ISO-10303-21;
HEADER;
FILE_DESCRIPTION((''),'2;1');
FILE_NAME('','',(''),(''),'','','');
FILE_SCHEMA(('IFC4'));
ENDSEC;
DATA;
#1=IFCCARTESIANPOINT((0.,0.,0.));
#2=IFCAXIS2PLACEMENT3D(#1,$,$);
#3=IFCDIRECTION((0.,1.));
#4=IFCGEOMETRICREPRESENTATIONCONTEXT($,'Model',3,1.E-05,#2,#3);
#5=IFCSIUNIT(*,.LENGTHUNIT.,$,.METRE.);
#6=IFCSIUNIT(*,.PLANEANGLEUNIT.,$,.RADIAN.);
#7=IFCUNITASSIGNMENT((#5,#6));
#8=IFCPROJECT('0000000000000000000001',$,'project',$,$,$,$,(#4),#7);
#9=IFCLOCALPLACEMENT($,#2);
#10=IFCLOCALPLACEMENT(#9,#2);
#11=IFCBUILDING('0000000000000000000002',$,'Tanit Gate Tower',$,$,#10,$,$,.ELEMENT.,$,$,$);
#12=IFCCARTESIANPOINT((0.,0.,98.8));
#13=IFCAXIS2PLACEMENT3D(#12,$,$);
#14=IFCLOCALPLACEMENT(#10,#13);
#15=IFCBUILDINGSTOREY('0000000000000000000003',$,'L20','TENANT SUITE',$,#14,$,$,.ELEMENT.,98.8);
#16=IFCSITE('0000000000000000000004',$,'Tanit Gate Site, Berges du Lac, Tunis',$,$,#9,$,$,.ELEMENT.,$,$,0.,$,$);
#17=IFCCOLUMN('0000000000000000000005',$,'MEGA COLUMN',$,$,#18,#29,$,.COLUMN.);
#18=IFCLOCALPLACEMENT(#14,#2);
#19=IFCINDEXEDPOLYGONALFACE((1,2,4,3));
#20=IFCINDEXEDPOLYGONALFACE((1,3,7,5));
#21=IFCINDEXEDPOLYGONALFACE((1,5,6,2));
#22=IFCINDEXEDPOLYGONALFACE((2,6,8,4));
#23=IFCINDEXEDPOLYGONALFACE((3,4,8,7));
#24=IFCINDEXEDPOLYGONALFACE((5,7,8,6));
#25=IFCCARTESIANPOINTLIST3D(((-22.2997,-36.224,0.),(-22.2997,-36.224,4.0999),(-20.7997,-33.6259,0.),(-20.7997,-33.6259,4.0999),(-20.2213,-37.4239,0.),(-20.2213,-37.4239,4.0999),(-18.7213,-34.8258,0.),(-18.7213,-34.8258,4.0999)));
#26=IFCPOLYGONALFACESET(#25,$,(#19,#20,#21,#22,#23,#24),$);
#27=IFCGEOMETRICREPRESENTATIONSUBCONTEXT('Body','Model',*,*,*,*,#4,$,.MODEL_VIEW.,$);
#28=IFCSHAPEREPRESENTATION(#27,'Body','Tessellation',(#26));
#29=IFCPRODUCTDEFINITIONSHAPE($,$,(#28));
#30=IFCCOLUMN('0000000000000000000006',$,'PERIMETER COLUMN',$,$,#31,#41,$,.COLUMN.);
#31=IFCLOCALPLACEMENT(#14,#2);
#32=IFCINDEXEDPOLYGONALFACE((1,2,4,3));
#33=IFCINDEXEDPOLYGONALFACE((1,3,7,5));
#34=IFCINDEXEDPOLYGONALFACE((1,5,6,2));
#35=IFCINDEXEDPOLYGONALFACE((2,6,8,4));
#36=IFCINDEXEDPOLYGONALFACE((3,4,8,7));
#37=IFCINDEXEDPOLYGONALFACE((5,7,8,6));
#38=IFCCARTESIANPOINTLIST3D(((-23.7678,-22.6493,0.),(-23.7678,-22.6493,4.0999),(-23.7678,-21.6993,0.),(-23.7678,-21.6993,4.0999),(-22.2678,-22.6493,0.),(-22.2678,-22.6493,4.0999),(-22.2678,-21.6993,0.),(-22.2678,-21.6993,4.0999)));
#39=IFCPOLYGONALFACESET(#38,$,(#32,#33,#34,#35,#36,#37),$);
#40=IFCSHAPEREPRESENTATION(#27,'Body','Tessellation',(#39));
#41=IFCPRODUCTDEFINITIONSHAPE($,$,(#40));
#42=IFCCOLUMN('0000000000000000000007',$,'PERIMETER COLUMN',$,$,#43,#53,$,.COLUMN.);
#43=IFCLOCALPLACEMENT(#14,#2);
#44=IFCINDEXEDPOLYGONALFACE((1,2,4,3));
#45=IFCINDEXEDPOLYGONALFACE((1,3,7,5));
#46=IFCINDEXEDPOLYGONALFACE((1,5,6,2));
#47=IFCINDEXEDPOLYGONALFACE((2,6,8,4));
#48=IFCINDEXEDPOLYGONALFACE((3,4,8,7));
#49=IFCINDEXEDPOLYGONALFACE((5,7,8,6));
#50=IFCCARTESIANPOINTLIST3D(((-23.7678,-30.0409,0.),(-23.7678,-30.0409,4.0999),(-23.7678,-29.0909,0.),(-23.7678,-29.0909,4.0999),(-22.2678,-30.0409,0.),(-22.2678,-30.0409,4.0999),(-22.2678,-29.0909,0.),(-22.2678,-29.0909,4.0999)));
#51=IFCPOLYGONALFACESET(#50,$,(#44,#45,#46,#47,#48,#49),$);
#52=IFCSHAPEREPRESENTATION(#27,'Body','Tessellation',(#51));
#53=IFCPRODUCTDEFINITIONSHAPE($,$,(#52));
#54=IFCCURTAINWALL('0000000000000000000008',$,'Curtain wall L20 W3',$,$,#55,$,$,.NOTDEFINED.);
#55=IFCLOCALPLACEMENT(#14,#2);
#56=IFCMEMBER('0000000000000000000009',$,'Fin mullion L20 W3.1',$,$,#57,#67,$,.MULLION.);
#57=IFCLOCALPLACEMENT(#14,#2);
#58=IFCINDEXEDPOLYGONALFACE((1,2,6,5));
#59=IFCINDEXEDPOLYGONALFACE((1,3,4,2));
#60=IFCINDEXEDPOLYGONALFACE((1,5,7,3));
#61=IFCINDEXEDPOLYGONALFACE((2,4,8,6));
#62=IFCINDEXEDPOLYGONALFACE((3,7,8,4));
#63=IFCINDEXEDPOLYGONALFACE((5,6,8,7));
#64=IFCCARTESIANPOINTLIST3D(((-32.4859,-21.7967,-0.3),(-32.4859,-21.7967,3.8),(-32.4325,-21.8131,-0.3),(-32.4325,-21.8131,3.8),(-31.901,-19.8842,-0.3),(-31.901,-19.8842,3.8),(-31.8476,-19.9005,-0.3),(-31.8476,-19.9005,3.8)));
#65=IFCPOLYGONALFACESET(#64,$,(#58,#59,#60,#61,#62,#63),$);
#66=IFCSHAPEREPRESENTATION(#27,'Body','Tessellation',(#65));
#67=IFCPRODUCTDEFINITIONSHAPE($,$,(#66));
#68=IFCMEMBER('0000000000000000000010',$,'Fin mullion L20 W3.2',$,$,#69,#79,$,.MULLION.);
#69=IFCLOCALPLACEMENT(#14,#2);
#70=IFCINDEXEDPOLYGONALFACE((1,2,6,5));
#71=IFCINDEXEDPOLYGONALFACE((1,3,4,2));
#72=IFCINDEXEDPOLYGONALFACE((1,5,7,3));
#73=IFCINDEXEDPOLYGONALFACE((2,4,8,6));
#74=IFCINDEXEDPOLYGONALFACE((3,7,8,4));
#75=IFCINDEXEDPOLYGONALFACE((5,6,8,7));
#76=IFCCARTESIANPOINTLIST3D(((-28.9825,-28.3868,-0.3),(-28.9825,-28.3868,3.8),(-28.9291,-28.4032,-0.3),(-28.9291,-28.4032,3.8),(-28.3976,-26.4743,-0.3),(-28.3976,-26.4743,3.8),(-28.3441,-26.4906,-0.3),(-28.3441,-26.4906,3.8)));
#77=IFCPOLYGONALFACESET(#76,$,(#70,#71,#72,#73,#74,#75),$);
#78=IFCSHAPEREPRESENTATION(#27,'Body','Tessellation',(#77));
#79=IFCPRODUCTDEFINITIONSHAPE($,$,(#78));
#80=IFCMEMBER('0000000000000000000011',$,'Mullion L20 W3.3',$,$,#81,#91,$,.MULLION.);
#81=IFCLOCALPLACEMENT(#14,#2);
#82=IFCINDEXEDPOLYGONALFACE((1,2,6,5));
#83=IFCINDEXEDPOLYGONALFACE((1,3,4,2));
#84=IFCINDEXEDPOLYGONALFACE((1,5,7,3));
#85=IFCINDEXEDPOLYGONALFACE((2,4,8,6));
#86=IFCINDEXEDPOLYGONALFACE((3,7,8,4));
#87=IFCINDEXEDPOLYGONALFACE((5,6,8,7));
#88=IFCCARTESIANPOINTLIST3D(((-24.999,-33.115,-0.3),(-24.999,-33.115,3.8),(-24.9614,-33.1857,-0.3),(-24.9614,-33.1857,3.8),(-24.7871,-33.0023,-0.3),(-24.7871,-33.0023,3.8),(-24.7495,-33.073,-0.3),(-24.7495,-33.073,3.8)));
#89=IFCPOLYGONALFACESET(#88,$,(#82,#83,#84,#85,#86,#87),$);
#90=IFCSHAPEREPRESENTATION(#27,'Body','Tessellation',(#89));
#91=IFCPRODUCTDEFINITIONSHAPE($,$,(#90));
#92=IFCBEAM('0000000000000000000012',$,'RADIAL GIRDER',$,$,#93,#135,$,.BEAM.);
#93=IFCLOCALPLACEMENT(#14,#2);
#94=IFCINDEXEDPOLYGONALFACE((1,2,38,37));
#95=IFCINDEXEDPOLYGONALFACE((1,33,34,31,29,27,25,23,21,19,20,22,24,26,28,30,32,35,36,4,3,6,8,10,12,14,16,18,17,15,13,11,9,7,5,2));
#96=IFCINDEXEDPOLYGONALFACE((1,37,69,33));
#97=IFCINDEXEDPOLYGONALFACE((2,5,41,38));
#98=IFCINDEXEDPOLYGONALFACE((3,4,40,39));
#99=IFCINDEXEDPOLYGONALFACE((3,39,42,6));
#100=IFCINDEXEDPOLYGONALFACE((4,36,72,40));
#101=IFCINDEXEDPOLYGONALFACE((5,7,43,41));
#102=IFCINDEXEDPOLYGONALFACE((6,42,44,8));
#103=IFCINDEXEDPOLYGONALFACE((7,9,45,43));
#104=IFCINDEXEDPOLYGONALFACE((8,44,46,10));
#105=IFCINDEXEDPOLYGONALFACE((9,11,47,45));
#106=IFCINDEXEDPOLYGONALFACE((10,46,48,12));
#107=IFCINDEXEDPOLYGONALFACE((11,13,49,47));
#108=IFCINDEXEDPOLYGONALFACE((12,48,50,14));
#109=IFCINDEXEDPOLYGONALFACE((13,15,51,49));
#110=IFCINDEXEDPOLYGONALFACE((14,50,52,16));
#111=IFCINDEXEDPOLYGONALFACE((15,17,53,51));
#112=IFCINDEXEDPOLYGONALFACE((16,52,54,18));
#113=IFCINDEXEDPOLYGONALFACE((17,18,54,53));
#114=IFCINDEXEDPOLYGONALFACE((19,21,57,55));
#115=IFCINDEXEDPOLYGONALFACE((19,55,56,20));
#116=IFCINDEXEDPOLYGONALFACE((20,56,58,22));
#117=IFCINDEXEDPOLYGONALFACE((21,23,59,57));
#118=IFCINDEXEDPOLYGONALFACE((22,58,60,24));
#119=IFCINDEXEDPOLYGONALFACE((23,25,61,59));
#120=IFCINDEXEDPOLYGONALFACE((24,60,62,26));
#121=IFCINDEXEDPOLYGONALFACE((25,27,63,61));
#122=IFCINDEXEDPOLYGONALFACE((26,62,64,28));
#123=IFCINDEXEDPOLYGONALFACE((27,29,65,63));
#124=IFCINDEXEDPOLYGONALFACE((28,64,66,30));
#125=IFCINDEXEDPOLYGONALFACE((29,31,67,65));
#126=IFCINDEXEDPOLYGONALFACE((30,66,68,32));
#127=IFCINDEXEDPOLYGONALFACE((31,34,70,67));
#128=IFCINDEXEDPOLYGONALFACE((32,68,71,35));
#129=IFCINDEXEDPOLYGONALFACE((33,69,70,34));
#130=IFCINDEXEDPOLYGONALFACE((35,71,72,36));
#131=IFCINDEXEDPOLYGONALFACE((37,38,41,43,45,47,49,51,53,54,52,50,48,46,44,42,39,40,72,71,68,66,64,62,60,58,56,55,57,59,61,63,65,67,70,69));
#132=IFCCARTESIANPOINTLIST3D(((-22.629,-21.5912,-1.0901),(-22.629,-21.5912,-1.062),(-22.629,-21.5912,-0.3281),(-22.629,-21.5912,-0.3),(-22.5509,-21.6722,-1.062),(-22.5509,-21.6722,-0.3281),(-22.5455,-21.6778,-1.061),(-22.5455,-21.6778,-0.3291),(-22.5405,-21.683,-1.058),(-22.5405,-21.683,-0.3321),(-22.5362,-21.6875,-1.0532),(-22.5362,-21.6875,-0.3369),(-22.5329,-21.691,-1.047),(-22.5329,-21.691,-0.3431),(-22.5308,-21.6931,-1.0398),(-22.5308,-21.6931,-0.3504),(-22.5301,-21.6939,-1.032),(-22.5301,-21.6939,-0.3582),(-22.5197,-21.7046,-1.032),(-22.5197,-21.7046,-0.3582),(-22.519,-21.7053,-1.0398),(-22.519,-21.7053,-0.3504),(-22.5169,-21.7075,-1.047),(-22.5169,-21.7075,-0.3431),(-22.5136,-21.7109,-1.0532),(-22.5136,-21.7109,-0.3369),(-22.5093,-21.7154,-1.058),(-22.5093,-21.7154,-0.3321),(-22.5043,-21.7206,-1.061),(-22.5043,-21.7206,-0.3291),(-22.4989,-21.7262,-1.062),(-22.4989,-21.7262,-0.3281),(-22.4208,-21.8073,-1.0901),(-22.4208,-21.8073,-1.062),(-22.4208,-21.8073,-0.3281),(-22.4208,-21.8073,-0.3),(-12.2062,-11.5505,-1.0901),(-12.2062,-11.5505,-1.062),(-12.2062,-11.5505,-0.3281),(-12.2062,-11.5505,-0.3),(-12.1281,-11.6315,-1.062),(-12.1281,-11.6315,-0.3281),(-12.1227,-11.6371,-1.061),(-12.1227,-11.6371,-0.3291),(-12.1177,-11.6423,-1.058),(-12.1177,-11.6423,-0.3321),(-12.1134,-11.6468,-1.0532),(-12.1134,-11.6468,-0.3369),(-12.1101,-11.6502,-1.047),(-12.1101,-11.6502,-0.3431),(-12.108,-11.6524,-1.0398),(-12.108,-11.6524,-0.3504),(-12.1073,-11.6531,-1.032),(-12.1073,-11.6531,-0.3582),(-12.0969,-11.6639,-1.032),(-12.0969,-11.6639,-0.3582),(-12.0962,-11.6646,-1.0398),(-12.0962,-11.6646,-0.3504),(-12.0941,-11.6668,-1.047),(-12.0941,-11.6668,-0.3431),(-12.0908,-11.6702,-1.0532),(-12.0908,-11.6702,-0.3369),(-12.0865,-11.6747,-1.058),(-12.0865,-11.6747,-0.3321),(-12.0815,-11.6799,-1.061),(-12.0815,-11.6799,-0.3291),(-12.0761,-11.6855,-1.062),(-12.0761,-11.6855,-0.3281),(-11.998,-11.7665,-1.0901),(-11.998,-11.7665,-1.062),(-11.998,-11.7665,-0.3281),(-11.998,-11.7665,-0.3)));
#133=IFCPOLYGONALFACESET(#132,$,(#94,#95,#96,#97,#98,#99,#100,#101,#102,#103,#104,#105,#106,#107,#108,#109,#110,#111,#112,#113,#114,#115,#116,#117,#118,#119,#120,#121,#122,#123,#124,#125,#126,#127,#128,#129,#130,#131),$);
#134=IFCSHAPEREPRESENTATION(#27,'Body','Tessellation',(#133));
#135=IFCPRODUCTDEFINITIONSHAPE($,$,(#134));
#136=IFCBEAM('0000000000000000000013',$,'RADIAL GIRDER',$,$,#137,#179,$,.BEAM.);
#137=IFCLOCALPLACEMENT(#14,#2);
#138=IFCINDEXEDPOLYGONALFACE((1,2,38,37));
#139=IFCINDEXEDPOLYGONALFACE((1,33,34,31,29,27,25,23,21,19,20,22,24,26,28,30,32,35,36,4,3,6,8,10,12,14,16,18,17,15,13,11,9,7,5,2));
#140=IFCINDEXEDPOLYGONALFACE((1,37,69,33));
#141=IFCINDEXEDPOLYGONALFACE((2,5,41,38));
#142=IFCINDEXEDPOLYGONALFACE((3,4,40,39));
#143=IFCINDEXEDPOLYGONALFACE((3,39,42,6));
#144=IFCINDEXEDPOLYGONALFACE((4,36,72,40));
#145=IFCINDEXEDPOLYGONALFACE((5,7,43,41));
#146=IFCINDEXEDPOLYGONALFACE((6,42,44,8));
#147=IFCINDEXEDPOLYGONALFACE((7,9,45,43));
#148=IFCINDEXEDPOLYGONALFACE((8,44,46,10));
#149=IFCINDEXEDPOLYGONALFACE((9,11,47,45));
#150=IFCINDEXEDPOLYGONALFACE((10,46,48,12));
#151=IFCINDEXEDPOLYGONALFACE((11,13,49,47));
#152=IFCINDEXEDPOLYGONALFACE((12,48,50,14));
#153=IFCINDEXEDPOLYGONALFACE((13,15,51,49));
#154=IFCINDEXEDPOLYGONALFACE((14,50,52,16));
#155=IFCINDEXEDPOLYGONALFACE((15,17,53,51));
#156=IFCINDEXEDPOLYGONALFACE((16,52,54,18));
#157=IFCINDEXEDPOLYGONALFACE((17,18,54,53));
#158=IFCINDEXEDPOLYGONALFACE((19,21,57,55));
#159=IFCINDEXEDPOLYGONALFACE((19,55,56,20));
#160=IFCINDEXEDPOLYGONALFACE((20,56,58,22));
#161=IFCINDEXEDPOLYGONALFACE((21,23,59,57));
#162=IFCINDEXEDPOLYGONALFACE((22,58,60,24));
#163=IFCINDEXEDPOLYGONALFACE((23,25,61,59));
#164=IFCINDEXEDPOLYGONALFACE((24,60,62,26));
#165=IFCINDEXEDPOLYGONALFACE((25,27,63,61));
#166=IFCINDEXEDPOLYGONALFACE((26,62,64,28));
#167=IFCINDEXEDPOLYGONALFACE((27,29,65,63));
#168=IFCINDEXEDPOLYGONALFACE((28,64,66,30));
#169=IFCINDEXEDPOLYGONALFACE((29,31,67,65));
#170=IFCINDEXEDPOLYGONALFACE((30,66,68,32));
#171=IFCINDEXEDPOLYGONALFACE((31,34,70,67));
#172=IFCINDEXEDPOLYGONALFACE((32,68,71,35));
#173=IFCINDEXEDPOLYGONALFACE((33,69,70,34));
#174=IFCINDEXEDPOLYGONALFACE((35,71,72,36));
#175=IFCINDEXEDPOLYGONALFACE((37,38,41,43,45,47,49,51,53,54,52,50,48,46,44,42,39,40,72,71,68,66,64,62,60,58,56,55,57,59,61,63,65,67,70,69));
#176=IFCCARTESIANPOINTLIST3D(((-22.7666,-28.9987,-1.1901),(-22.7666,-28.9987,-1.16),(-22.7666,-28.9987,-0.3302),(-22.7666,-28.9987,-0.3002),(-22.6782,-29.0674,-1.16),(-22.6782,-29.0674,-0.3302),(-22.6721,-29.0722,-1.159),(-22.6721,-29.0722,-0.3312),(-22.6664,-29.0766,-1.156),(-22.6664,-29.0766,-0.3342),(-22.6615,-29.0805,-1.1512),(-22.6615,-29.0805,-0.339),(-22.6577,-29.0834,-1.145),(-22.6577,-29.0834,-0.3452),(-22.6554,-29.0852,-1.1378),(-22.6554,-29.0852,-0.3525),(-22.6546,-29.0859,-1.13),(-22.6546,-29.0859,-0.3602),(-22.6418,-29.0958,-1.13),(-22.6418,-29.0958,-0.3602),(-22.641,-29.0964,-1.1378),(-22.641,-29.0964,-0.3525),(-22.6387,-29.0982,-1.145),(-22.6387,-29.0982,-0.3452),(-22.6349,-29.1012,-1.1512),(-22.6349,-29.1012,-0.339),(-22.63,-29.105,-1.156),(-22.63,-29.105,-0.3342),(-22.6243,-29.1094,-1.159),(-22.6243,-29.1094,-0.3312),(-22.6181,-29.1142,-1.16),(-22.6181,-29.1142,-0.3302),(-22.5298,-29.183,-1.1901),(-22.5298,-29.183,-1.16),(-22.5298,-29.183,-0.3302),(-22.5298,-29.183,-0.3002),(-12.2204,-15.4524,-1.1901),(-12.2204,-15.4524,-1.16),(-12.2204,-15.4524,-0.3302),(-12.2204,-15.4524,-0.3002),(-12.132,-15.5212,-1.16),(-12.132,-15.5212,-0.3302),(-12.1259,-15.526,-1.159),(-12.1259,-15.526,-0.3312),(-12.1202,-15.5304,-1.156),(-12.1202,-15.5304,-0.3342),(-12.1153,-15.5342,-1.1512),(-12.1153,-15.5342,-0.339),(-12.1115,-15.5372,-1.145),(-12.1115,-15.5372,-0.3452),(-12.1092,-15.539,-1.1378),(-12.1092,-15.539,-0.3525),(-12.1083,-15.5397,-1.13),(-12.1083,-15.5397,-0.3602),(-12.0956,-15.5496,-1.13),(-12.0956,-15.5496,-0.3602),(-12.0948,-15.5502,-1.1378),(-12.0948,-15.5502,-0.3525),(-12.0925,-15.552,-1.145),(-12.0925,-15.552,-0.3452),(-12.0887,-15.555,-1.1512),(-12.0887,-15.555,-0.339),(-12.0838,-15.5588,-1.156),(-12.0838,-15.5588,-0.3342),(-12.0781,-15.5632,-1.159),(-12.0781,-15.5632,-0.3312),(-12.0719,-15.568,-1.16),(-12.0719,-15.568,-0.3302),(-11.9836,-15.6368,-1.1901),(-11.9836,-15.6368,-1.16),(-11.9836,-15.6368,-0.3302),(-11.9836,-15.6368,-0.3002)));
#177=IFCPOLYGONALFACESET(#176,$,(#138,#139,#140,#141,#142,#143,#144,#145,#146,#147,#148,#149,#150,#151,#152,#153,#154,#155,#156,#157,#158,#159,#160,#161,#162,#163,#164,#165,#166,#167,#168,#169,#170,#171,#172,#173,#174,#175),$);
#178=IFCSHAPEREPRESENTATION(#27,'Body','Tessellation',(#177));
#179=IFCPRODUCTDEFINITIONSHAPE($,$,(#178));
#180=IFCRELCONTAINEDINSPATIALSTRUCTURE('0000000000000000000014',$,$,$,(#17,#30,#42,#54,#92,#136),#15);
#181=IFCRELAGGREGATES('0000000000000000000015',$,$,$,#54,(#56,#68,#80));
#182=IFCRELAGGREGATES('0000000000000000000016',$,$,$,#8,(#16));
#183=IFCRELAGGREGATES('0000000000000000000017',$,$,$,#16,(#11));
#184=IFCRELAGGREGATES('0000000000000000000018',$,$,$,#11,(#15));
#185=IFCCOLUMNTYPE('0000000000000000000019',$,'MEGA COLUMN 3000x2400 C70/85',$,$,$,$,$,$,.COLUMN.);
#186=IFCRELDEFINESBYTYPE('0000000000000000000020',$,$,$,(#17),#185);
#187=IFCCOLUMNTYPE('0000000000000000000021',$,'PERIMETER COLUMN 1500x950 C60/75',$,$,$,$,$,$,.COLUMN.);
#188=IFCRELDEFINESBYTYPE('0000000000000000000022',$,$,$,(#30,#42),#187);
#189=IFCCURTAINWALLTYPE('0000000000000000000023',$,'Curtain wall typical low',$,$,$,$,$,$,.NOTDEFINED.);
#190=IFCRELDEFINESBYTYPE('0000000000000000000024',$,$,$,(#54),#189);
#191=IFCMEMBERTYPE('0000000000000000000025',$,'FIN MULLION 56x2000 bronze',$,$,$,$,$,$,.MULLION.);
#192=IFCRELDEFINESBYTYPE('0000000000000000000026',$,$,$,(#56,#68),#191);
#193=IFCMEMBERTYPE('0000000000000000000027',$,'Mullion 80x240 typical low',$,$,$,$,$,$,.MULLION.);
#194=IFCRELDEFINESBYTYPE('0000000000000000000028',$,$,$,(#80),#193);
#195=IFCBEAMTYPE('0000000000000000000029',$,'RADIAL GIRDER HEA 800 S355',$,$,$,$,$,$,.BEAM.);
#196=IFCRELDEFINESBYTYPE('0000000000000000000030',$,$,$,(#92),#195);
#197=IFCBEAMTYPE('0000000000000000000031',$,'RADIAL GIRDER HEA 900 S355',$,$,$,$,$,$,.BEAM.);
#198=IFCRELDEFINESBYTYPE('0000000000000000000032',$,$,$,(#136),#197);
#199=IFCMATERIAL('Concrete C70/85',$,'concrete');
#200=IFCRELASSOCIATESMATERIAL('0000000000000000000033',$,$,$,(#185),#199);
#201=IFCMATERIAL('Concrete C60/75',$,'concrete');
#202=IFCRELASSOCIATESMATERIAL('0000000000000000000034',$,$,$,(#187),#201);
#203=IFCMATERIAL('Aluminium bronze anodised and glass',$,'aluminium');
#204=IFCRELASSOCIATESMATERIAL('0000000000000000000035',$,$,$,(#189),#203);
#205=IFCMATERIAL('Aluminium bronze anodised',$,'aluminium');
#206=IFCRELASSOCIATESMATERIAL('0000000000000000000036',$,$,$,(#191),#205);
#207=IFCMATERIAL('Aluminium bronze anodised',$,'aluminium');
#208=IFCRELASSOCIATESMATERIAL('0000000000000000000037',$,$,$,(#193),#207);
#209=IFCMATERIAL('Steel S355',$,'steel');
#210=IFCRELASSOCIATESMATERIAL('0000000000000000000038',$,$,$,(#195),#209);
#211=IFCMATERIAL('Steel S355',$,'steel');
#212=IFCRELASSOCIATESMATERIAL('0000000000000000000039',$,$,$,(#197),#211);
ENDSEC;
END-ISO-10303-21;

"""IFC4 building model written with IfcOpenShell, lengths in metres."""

from ifc_helpers import new_model, si_unit, direction, frame, origin, origin_2d, place, context, subcontext, project, spatial, rectangle, i_section, extrude, material, material_profile, profile_set, type_object, element, aggregate, save


model = new_model("IFC4")

# Units and contexts
model_context = context("Model", 3, precision=1e-05, world=origin(), true_north=direction((0.0, 1.0)))
body_context = subcontext(model_context, "Body", "Model", "MODEL_VIEW")
ifc_project = project(units=[si_unit("LENGTHUNIT", "METRE"), si_unit("PLANEANGLEUNIT", "RADIAN")], contexts=[model_context])

# Site, building, storey
site_placement = place(None, origin())
site = spatial("IfcSite", under=ifc_project, at=site_placement, Name="Tanit Gate Site, Berges du Lac, Tunis", CompositionType="ELEMENT", RefElevation=0.0)
building_placement = place(site_placement, origin())
building = spatial("IfcBuilding", under=site, at=building_placement, Name="Tanit Gate Tower", CompositionType="ELEMENT")
storey_placement = place(building_placement, frame((0.0, 0.0, 98.8)))
storey = spatial("IfcBuildingStorey", under=building, at=storey_placement, Name="L20", Description="TENANT SUITE", CompositionType="ELEMENT", Elevation=98.8)

# Columns
ifc_material_1 = material(Name="Concrete C70/85", Category="concrete")
ifc_material_profile_1 = material_profile(ifc_material_1, rectangle(XDim=3.0, YDim=2.3999, at=origin_2d()), Name="RC 3000x2400")
ifc_profile_set_1 = profile_set([ifc_material_profile_1], Name="Concrete C70/85")
column_type_1 = type_object("IfcColumnType", Name="MEGA COLUMN 3000x2400 C70/85", PredefinedType="COLUMN", material=ifc_profile_set_1)
column_placement = place(storey_placement, frame((-20.5105, -35.5249, 0.0), z_axis=(0.0, 0.0, 1.0), x_axis=(-0.5, -0.866025, 0.0)))
element("IfcColumn", 1, at=column_placement, inside=storey, type_object=column_type_1, Name="MEGA COLUMN", PredefinedType="COLUMN", context=body_context, shape_type="SweptSolid", body=[
    extrude(rectangle(XDim=3.0, YDim=2.3999, at=origin_2d()), origin(), (0.0, 0.0, 1.0), 4.0999),
])
ifc_material_2 = material(Name="Concrete C60/75", Category="concrete")
ifc_material_profile_2 = material_profile(ifc_material_2, rectangle(XDim=1.5, YDim=0.95, at=origin_2d()), Name="RC 1500x950")
ifc_profile_set_2 = profile_set([ifc_material_profile_2], Name="Concrete C60/75")
column_type_2 = type_object("IfcColumnType", Name="PERIMETER COLUMN 1500x950 C60/75", PredefinedType="COLUMN", material=ifc_profile_set_2)
for number, where, z_axis, x_axis, name in (
    (2, (-23.0178, -22.1743, 0.0), (0.0, 0.0, 1.0), (-1.0, 0.0, 0.0), "PERIMETER COLUMN"),
    (3, (-23.0178, -29.5659, 0.0), (0.0, 0.0, 1.0), (-1.0, 0.0, 0.0), "PERIMETER COLUMN"),
):
    element("IfcColumn", number, at=place(storey_placement, frame(where, z_axis=z_axis, x_axis=x_axis)), inside=storey, type_object=column_type_2, Name=name, PredefinedType="COLUMN", context=body_context, shape_type="SweptSolid", body=[
        extrude(rectangle(XDim=1.5, YDim=0.95, at=origin_2d()), origin(), (0.0, 0.0, 1.0), 4.0999),
    ])

# Curtain wall, members
ifc_material_3 = material(Name="Aluminium bronze anodised and glass", Category="aluminium")
curtain_wall_type = type_object("IfcCurtainWallType", Name="Curtain wall typical low", PredefinedType="NOTDEFINED", material=ifc_material_3)
curtain_wall_placement = place(storey_placement, origin())
curtain_wall = element("IfcCurtainWall", 4, at=curtain_wall_placement, inside=storey, type_object=curtain_wall_type, Name="Curtain wall L20 W3", PredefinedType="NOTDEFINED")
ifc_material_4 = material(Name="Aluminium bronze anodised", Category="aluminium")
ifc_material_profile_3 = material_profile(ifc_material_4, rectangle(XDim=2.0, YDim=0.0559, at=origin_2d()), Name="56x2000 bronze fin mullion")
ifc_profile_set_3 = profile_set([ifc_material_profile_3], Name="Aluminium bronze anodised")
member_type_1 = type_object("IfcMemberType", Name="FIN MULLION 56x2000 bronze", PredefinedType="MULLION", material=ifc_profile_set_3)
member_1_placement = place(storey_placement, frame((-32.1667, -20.8486, -0.3), z_axis=(0.0, 0.0, 1.0), x_axis=(0.292454, 0.95628, 0.0)))
member_1 = element("IfcMember", 5, at=member_1_placement, type_object=member_type_1, Name="Fin mullion L20 W3.1", PredefinedType="MULLION", context=body_context, shape_type="SweptSolid", body=[
    extrude(rectangle(XDim=2.0, YDim=0.0559, at=origin_2d()), origin(), (0.0, 0.0, 1.0), 4.1001),
])
member_2_placement = place(storey_placement, frame((-28.6633, -27.4387, -0.3), z_axis=(0.0, 0.0, 1.0), x_axis=(0.292454, 0.95628, 0.0)))
member_2 = element("IfcMember", 6, at=member_2_placement, type_object=member_type_1, Name="Fin mullion L20 W3.2", PredefinedType="MULLION", context=body_context, shape_type="SweptSolid", body=[
    extrude(rectangle(XDim=2.0, YDim=0.0559, at=origin_2d()), origin(), (0.0, 0.0, 1.0), 4.1001),
])
ifc_material_5 = material(Name="Aluminium bronze anodised", Category="aluminium")
ifc_material_profile_4 = material_profile(ifc_material_5, rectangle(XDim=0.24, YDim=0.0801, at=origin_2d()), Name="80x240 bronze mullion")
ifc_profile_set_4 = profile_set([ifc_material_profile_4], Name="Aluminium bronze anodised")
member_type_2 = type_object("IfcMemberType", Name="Mullion 80x240 typical low", PredefinedType="MULLION", material=ifc_profile_set_4)
member_3_placement = place(storey_placement, frame((-24.8743, -33.094, -0.3), z_axis=(0.0, 0.0, 1.0), x_axis=(0.882988, 0.469396, 0.0)))
member_3 = element("IfcMember", 7, at=member_3_placement, type_object=member_type_2, Name="Mullion L20 W3.3", PredefinedType="MULLION", context=body_context, shape_type="SweptSolid", body=[
    extrude(rectangle(XDim=0.24, YDim=0.0801, at=origin_2d()), origin(), (0.0, 0.0, 1.0), 4.1001),
])

# Beams
ifc_material_6 = material(Name="Steel S355", Category="steel")
ifc_material_profile_5 = material_profile(ifc_material_6, i_section(OverallWidth=0.3, OverallDepth=0.79, WebThickness=0.0149, FlangeThickness=0.0281, FilletRadius=0.03, at=origin_2d()), Name="HEA 800")
ifc_profile_set_5 = profile_set([ifc_material_profile_5], Name="Steel S355")
beam_type_1 = type_object("IfcBeamType", Name="RADIAL GIRDER HEA 800 S355", PredefinedType="BEAM", material=ifc_profile_set_5)
beam_1_placement = place(storey_placement, frame((-22.5249, -21.6992, -0.6951), z_axis=(0.720184, 0.693783, 0.0), x_axis=(-0.693783, 0.720184, 0.0)))
element("IfcBeam", 8, at=beam_1_placement, inside=storey, type_object=beam_type_1, Name="RADIAL GIRDER", PredefinedType="BEAM", context=body_context, shape_type="SweptSolid", body=[
    extrude(i_section(OverallWidth=0.3, OverallDepth=0.79, WebThickness=0.0149, FlangeThickness=0.0281, FilletRadius=0.03, at=origin_2d()), origin(), (0.0, 0.0, 1.0), 14.4724),
])
ifc_material_7 = material(Name="Steel S355", Category="steel")
ifc_material_profile_6 = material_profile(ifc_material_7, i_section(OverallWidth=0.3, OverallDepth=0.8899, WebThickness=0.0161, FlangeThickness=0.03, FilletRadius=0.03, at=origin_2d()), Name="HEA 900")
ifc_profile_set_6 = profile_set([ifc_material_profile_6], Name="Steel S355")
beam_type_2 = type_object("IfcBeamType", Name="RADIAL GIRDER HEA 900 S355", PredefinedType="BEAM", material=ifc_profile_set_6)
beam_2_placement = place(storey_placement, frame((-22.6482, -29.0908, -0.7451), z_axis=(0.614313, 0.789063, 0.0), x_axis=(-0.789063, 0.614313, 0.0)))
element("IfcBeam", 9, at=beam_2_placement, inside=storey, type_object=beam_type_2, Name="RADIAL GIRDER", PredefinedType="BEAM", context=body_context, shape_type="SweptSolid", body=[
    extrude(i_section(OverallWidth=0.3, OverallDepth=0.8899, WebThickness=0.0161, FlangeThickness=0.03, FilletRadius=0.03, at=origin_2d()), origin(), (0.0, 0.0, 1.0), 17.1675),
])

aggregate(curtain_wall, [member_1, member_2, member_3])

save(model, "model.ifc")
